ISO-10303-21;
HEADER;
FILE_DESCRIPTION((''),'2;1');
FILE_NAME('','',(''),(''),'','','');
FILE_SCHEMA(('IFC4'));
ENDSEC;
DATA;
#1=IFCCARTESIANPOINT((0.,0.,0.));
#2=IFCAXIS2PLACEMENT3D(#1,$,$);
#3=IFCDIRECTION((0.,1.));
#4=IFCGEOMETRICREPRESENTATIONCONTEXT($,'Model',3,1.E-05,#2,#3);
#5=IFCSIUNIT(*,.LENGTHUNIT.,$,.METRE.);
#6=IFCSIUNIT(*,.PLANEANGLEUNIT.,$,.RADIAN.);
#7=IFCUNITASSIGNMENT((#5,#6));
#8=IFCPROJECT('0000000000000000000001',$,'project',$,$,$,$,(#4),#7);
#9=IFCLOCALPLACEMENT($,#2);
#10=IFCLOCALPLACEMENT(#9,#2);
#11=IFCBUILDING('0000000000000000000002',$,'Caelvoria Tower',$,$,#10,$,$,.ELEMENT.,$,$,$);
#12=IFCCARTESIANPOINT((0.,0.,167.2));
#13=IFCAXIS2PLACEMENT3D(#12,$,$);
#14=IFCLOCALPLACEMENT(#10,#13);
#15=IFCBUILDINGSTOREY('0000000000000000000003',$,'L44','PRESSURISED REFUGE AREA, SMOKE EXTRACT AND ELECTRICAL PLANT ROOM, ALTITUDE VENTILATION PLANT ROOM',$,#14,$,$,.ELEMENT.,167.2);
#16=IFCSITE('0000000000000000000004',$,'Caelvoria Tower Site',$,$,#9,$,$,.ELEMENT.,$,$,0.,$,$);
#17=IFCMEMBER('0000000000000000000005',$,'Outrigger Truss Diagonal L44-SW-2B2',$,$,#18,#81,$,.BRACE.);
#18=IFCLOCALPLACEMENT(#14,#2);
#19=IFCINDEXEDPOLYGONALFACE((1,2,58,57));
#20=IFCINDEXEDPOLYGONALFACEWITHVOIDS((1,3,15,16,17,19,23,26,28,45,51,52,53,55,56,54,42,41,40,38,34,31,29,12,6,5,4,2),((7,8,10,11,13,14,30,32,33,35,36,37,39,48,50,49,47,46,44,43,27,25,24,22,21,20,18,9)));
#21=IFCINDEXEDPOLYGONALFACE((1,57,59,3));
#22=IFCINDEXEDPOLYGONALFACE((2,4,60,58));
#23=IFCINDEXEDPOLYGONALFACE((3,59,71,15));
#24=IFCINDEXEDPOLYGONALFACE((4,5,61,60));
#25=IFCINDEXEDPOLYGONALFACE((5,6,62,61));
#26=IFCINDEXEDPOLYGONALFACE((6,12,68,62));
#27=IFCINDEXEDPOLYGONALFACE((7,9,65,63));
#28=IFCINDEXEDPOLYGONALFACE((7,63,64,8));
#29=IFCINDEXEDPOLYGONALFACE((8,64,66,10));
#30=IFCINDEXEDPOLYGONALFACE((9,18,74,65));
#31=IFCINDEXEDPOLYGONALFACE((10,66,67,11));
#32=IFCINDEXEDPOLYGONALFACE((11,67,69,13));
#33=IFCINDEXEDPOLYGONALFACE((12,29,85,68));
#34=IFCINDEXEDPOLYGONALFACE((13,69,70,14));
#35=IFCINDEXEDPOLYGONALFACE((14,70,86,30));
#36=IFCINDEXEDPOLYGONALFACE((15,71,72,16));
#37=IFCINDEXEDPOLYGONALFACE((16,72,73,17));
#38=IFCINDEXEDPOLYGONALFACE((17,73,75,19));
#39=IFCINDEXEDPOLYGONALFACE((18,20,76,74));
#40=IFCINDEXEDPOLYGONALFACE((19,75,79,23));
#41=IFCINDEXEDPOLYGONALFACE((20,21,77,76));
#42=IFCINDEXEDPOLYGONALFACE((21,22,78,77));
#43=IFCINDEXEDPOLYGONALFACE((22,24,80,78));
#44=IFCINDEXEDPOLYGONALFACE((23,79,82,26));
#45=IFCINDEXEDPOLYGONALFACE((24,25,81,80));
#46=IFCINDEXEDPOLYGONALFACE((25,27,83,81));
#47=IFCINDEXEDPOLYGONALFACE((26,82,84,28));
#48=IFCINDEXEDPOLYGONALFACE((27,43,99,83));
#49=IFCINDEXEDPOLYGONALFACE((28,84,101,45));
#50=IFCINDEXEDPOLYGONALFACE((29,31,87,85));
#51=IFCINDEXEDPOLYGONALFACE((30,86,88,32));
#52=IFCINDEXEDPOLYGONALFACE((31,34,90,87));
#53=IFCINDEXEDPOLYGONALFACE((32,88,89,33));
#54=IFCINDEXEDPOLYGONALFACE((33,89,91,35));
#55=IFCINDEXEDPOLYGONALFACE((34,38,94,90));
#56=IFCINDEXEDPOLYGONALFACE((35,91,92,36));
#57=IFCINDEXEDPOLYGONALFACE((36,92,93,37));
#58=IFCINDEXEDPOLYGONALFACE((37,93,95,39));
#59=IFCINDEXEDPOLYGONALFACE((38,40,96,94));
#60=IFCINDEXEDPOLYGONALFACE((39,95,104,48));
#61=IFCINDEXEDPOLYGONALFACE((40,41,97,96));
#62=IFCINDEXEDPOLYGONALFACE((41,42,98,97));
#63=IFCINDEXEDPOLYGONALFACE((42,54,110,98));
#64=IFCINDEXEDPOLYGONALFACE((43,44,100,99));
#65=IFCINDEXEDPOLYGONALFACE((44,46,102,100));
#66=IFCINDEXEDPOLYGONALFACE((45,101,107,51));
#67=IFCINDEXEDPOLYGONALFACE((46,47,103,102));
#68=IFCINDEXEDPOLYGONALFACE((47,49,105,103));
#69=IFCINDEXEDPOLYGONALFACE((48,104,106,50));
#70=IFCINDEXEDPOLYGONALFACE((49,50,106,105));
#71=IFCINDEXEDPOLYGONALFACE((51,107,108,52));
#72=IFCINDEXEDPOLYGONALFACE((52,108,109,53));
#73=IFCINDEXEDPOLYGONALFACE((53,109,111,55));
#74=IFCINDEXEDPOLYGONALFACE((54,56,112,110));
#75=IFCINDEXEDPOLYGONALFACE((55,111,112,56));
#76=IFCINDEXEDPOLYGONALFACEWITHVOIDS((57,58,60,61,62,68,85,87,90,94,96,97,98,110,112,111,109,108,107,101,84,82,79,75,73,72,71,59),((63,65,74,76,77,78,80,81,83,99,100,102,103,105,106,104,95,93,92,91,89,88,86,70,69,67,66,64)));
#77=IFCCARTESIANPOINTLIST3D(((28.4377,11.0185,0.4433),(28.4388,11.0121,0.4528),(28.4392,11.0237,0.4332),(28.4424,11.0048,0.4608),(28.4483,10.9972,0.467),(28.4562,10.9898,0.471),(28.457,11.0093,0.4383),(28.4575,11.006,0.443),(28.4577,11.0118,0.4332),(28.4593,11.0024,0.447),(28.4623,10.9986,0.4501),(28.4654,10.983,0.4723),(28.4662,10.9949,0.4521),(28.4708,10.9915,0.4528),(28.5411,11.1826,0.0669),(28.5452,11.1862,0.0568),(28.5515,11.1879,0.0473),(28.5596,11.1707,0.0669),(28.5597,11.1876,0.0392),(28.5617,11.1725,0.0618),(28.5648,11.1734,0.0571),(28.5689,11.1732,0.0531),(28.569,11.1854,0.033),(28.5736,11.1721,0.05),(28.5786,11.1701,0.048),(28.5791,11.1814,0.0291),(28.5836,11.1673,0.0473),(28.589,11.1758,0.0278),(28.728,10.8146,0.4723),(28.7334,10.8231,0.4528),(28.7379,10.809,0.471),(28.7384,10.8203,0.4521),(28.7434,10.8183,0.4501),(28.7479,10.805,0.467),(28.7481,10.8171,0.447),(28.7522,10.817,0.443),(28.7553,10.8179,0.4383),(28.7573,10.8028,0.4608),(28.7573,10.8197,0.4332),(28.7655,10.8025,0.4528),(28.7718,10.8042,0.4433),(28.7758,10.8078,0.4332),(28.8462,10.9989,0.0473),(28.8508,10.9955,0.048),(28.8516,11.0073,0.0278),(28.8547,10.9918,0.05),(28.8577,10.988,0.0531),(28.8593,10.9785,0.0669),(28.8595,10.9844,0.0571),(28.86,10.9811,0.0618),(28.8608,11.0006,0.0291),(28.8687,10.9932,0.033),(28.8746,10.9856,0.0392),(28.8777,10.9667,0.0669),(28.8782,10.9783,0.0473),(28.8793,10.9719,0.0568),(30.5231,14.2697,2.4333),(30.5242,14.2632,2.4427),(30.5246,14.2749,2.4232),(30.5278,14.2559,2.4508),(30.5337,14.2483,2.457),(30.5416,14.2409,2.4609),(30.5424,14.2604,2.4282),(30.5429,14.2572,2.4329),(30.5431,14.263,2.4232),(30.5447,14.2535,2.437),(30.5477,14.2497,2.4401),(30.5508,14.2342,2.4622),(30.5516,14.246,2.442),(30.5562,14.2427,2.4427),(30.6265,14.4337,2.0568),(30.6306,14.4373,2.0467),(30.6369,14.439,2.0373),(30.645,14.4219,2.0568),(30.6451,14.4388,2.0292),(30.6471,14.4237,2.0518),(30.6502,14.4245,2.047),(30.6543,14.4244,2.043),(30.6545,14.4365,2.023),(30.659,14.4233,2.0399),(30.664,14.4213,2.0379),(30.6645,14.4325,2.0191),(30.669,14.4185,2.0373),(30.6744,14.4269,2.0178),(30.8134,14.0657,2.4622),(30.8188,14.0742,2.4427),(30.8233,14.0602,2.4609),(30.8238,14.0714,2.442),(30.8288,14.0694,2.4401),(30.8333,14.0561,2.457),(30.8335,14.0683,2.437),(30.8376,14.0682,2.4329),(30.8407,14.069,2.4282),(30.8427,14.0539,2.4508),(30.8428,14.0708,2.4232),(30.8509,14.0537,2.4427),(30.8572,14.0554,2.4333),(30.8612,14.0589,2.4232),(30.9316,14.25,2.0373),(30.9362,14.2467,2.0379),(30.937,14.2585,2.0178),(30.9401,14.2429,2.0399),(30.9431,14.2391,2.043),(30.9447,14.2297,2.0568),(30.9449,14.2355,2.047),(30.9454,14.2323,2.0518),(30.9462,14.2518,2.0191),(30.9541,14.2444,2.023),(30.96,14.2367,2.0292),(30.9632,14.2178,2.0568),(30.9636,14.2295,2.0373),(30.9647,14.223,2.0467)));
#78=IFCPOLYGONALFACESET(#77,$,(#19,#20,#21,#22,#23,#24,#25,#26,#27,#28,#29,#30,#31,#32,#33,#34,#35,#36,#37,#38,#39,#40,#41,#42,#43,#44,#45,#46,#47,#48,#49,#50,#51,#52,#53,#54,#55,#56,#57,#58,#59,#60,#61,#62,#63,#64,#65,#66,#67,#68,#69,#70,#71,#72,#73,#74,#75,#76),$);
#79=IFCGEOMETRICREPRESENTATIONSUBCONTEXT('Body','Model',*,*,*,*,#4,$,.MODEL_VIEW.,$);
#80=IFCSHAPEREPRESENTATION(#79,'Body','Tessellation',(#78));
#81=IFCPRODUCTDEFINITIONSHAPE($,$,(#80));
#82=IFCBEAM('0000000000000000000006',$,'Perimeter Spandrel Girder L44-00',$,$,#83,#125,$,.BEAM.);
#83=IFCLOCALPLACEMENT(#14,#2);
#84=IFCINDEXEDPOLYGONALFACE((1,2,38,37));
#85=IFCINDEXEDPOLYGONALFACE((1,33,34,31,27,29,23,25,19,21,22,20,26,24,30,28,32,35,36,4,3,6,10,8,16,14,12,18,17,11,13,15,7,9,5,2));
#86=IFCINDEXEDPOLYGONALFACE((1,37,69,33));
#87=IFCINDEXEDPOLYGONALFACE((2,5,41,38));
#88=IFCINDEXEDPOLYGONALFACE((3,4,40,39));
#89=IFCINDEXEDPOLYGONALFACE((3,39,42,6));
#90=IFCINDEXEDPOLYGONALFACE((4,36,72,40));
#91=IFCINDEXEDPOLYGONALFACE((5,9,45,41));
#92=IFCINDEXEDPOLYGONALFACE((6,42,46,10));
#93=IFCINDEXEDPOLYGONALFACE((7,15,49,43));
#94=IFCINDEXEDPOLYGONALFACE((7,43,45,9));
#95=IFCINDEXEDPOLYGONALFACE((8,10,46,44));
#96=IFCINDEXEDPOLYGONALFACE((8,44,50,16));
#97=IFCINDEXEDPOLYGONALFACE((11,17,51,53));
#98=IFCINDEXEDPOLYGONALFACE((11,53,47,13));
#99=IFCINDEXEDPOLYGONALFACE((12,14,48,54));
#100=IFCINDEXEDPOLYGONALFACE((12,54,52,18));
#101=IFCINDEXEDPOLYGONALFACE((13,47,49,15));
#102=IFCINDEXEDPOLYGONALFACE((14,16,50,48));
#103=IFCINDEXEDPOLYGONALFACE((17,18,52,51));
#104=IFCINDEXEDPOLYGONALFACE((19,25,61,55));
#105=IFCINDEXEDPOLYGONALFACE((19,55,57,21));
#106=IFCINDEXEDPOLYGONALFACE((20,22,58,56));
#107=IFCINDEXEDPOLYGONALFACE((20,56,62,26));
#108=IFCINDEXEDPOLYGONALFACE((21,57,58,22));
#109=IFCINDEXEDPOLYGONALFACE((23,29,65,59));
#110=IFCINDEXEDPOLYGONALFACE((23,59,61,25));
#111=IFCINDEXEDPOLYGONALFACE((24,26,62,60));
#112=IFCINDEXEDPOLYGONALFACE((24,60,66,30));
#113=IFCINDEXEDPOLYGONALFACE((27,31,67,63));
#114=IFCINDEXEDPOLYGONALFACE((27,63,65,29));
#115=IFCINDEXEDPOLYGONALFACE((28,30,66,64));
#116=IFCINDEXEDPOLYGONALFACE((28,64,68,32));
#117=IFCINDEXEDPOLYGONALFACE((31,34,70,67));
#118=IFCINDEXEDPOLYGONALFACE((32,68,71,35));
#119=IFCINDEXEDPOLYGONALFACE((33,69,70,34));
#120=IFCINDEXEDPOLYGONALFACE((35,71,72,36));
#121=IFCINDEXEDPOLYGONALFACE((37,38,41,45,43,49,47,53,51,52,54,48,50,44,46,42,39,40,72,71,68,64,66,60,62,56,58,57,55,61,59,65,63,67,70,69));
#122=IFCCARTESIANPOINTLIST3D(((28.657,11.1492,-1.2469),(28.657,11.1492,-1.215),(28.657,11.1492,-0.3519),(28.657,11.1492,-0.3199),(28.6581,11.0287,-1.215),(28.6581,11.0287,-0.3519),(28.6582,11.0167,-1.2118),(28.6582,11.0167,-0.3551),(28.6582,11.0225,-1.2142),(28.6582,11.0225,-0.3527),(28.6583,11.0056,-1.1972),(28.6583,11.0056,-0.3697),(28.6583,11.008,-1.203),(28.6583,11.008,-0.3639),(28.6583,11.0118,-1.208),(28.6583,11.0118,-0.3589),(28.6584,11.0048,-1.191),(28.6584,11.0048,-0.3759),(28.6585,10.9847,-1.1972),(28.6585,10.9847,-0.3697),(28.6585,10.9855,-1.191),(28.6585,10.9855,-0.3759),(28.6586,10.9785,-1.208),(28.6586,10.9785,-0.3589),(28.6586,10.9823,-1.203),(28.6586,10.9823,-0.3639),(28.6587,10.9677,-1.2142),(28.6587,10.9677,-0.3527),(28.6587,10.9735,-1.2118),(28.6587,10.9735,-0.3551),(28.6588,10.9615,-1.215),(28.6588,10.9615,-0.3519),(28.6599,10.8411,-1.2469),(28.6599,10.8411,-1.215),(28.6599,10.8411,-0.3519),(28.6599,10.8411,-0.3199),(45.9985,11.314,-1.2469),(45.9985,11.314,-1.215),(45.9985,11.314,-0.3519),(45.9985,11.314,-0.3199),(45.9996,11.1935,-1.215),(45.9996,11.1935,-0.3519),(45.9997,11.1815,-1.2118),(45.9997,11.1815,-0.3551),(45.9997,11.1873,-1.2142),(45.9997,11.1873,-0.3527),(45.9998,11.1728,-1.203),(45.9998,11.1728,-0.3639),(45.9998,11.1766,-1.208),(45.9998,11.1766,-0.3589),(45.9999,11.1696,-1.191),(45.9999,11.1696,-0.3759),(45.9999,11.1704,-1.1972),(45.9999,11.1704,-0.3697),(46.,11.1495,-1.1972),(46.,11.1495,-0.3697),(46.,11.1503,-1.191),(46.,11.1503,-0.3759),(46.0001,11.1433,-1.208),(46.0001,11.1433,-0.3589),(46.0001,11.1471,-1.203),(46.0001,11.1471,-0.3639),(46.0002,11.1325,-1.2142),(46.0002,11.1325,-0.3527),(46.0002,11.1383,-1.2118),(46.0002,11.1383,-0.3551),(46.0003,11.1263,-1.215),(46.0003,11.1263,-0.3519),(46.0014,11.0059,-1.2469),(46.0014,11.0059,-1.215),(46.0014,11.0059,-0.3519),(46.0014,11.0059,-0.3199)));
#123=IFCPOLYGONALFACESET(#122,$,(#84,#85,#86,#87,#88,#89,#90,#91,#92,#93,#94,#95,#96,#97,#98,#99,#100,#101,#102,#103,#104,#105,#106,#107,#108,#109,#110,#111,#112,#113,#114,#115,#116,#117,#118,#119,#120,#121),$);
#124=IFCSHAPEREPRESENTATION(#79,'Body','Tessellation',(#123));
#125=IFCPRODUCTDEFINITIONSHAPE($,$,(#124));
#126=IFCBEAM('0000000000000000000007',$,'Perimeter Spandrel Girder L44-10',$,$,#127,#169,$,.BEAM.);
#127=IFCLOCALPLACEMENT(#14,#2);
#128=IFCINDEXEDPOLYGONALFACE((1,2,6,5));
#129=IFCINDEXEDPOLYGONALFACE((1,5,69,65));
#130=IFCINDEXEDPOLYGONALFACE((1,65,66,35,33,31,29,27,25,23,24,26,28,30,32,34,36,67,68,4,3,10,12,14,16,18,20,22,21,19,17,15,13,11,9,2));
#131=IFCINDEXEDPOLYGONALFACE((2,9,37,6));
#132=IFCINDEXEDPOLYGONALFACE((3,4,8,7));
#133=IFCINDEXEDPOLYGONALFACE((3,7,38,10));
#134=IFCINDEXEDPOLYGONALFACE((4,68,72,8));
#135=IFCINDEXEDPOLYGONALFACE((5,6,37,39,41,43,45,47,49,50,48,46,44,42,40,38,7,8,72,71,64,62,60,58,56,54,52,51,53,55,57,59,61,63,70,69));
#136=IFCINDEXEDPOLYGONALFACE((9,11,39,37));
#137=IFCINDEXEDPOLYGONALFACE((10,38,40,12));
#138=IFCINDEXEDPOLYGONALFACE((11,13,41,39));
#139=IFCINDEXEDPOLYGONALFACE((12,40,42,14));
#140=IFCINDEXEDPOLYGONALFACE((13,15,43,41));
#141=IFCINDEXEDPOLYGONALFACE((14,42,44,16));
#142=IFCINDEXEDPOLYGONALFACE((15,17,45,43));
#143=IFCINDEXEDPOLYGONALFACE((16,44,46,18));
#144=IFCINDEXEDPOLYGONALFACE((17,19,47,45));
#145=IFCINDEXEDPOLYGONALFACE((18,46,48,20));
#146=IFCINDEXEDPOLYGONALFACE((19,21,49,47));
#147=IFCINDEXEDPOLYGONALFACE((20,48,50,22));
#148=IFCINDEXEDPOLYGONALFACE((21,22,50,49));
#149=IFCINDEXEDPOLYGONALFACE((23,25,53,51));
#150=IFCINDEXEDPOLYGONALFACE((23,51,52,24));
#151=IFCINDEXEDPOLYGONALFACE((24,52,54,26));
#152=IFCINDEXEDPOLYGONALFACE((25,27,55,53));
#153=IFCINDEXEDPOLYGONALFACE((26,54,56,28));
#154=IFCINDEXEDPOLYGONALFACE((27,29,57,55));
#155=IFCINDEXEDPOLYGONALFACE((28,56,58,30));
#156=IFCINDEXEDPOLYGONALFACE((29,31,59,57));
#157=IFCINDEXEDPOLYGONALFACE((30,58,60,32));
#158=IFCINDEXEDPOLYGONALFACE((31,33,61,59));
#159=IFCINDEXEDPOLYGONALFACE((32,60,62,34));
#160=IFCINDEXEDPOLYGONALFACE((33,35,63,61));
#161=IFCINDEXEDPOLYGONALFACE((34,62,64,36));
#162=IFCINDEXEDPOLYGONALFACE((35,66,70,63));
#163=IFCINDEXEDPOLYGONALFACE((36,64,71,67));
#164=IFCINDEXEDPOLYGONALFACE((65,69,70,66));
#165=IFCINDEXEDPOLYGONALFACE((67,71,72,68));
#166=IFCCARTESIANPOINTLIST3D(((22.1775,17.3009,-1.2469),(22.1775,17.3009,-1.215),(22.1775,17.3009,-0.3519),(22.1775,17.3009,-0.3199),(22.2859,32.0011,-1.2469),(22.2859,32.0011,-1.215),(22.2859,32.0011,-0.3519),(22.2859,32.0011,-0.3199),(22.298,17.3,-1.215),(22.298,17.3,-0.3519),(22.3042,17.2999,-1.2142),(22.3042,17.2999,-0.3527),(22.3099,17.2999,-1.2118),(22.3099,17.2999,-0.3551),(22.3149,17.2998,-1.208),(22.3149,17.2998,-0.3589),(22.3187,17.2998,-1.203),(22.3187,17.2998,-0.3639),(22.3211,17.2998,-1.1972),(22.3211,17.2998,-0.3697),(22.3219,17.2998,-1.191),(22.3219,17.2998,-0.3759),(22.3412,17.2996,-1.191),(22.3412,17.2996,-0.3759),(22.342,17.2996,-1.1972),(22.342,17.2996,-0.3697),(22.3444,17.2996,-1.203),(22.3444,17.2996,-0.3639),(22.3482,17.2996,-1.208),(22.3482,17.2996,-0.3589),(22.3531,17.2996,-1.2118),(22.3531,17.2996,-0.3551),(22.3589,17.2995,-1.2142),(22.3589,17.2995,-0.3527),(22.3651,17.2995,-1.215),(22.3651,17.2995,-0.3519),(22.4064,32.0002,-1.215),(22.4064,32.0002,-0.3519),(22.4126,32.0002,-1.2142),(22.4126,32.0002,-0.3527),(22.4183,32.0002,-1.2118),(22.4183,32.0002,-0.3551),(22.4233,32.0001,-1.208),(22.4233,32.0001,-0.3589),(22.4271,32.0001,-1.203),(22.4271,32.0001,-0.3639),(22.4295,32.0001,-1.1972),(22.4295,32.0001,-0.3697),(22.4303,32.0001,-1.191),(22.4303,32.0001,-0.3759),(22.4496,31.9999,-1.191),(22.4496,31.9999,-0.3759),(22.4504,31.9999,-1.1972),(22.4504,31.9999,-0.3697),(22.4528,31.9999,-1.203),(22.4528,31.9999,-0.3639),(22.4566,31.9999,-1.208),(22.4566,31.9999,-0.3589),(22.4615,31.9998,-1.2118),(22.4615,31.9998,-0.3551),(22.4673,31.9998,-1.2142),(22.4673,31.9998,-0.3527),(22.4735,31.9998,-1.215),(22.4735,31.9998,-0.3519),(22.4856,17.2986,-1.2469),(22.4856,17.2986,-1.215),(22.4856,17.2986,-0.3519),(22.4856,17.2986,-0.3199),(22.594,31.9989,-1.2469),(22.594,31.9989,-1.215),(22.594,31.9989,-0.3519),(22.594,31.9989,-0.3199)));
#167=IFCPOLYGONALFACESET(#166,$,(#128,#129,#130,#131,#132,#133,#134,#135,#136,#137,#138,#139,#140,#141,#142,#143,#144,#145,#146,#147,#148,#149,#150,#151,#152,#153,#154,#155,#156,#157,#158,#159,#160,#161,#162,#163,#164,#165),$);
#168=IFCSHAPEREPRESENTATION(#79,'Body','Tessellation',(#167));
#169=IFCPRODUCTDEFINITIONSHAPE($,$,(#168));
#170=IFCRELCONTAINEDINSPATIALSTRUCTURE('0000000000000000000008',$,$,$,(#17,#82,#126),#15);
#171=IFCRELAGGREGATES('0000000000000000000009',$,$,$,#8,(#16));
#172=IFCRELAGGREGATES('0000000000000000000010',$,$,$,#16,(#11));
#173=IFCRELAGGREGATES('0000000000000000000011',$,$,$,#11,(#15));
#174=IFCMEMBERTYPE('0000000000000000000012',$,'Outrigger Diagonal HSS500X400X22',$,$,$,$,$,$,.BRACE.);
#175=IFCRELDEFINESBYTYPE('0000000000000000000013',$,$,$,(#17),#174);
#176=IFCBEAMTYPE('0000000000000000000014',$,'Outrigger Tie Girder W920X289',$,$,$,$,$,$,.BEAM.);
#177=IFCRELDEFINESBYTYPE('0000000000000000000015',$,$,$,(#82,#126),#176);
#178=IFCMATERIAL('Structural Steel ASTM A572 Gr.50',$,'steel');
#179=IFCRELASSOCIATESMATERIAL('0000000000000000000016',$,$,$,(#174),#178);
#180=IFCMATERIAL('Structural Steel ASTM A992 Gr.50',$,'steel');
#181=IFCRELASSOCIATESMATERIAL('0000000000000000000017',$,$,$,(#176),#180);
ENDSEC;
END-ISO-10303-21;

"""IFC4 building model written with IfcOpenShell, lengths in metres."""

from ifc_helpers import new_model, si_unit, direction, frame, origin, origin_2d, place, context, subcontext, project, spatial, hollow_rectangle, i_section, extrude, material, material_profile, profile_set, type_object, element, save


model = new_model("IFC4")

# Units and contexts
model_context = context("Model", 3, precision=1e-05, world=origin(), true_north=direction((0.0, 1.0)))
body_context = subcontext(model_context, "Body", "Model", "MODEL_VIEW")
ifc_project = project(units=[si_unit("LENGTHUNIT", "METRE"), si_unit("PLANEANGLEUNIT", "RADIAN")], contexts=[model_context])

# Site, building, storey
site_placement = place(None, origin())
site = spatial("IfcSite", under=ifc_project, at=site_placement, Name="Caelvoria Tower Site", CompositionType="ELEMENT", RefElevation=0.0)
building_placement = place(site_placement, origin())
building = spatial("IfcBuilding", under=site, at=building_placement, Name="Caelvoria Tower", CompositionType="ELEMENT")
storey_placement = place(building_placement, frame((0.0, 0.0, 167.2)))
storey = spatial("IfcBuildingStorey", under=building, at=storey_placement, Name="L44", Description="PRESSURISED REFUGE AREA, SMOKE EXTRACT AND ELECTRICAL PLANT ROOM, ALTITUDE VENTILATION PLANT ROOM", CompositionType="ELEMENT", Elevation=167.2)

# Shared definitions
ifc_material_1 = material(Name="Structural Steel ASTM A572 Gr.50", Category="steel")
ifc_material_2 = material(Name="Structural Steel ASTM A992 Gr.50", Category="steel")

# Member
ifc_material_profile_1 = material_profile(ifc_material_1, hollow_rectangle(XDim=0.3999, YDim=0.5, WallThickness=0.022, InnerFilletRadius=0.022, OuterFilletRadius=0.0439, at=origin_2d()), Name="Structural Steel ASTM A572 Gr.50")
ifc_profile_set_1 = profile_set([ifc_material_profile_1], Name="HSS500X400X22 - Structural Steel ASTM A572 Gr.50")
member_type_1 = type_object("IfcMemberType", Name="Outrigger Diagonal HSS500X400X22", PredefinedType="BRACE", material=ifc_profile_set_1)
member_1_placement = place(storey_placement, frame((30.7439, 14.2463, 2.24), z_axis=(-0.479958, -0.748256, -0.457989), x_axis=(0.841722, -0.539911, 0.0)))
element("IfcMember", 1, at=member_1_placement, inside=storey, type_object=member_type_1, Name="Outrigger Truss Diagonal L44-SW-2B2", PredefinedType="BRACE", context=body_context, shape_type="SweptSolid", body=[
    extrude(hollow_rectangle(XDim=0.3999, YDim=0.5, WallThickness=0.022, InnerFilletRadius=0.022, OuterFilletRadius=0.0439, at=origin_2d()), origin(), (0.0, 0.0, 1.0), 4.345),
])

# Beams
ifc_material_profile_2 = material_profile(ifc_material_2, i_section(OverallWidth=0.3081, OverallDepth=0.927, WebThickness=0.0193, FlangeThickness=0.032, FilletRadius=0.0239, at=origin_2d()), Name="Structural Steel ASTM A992 Gr.50")
ifc_profile_set_2 = profile_set([ifc_material_profile_2], Name="W920X289 - Structural Steel ASTM A992 Gr.50")
beam_type_1 = type_object("IfcBeamType", Name="Outrigger Tie Girder W920X289", PredefinedType="BEAM", material=ifc_profile_set_2)
beam_1_placement = place(storey_placement, frame((28.6584, 10.9951, -0.7834), z_axis=(0.999955, 0.009502, 0.0), x_axis=(-0.009502, 0.999955, 0.0)))
element("IfcBeam", 2, at=beam_1_placement, inside=storey, type_object=beam_type_1, Name="Perimeter Spandrel Girder L44-00", PredefinedType="BEAM", context=body_context, shape_type="SweptSolid", body=[
    extrude(i_section(OverallWidth=0.3081, OverallDepth=0.927, WebThickness=0.0193, FlangeThickness=0.032, FilletRadius=0.0239, at=origin_2d()), origin(), (0.0, 0.0, 1.0), 17.3423),
])
beam_2_placement = place(storey_placement, frame((22.4399, 32.0, -0.7834), z_axis=(-0.007374, -0.999973, 0.0), x_axis=(0.999973, -0.007374, 0.0)))
element("IfcBeam", 3, at=beam_2_placement, inside=storey, type_object=beam_type_1, Name="Perimeter Spandrel Girder L44-10", PredefinedType="BEAM", context=body_context, shape_type="SweptSolid", body=[
    extrude(i_section(OverallWidth=0.3081, OverallDepth=0.927, WebThickness=0.0193, FlangeThickness=0.032, FilletRadius=0.0239, at=origin_2d()), origin(), (0.0, 0.0, 1.0), 14.7007),
])

save(model, "model.ifc")
